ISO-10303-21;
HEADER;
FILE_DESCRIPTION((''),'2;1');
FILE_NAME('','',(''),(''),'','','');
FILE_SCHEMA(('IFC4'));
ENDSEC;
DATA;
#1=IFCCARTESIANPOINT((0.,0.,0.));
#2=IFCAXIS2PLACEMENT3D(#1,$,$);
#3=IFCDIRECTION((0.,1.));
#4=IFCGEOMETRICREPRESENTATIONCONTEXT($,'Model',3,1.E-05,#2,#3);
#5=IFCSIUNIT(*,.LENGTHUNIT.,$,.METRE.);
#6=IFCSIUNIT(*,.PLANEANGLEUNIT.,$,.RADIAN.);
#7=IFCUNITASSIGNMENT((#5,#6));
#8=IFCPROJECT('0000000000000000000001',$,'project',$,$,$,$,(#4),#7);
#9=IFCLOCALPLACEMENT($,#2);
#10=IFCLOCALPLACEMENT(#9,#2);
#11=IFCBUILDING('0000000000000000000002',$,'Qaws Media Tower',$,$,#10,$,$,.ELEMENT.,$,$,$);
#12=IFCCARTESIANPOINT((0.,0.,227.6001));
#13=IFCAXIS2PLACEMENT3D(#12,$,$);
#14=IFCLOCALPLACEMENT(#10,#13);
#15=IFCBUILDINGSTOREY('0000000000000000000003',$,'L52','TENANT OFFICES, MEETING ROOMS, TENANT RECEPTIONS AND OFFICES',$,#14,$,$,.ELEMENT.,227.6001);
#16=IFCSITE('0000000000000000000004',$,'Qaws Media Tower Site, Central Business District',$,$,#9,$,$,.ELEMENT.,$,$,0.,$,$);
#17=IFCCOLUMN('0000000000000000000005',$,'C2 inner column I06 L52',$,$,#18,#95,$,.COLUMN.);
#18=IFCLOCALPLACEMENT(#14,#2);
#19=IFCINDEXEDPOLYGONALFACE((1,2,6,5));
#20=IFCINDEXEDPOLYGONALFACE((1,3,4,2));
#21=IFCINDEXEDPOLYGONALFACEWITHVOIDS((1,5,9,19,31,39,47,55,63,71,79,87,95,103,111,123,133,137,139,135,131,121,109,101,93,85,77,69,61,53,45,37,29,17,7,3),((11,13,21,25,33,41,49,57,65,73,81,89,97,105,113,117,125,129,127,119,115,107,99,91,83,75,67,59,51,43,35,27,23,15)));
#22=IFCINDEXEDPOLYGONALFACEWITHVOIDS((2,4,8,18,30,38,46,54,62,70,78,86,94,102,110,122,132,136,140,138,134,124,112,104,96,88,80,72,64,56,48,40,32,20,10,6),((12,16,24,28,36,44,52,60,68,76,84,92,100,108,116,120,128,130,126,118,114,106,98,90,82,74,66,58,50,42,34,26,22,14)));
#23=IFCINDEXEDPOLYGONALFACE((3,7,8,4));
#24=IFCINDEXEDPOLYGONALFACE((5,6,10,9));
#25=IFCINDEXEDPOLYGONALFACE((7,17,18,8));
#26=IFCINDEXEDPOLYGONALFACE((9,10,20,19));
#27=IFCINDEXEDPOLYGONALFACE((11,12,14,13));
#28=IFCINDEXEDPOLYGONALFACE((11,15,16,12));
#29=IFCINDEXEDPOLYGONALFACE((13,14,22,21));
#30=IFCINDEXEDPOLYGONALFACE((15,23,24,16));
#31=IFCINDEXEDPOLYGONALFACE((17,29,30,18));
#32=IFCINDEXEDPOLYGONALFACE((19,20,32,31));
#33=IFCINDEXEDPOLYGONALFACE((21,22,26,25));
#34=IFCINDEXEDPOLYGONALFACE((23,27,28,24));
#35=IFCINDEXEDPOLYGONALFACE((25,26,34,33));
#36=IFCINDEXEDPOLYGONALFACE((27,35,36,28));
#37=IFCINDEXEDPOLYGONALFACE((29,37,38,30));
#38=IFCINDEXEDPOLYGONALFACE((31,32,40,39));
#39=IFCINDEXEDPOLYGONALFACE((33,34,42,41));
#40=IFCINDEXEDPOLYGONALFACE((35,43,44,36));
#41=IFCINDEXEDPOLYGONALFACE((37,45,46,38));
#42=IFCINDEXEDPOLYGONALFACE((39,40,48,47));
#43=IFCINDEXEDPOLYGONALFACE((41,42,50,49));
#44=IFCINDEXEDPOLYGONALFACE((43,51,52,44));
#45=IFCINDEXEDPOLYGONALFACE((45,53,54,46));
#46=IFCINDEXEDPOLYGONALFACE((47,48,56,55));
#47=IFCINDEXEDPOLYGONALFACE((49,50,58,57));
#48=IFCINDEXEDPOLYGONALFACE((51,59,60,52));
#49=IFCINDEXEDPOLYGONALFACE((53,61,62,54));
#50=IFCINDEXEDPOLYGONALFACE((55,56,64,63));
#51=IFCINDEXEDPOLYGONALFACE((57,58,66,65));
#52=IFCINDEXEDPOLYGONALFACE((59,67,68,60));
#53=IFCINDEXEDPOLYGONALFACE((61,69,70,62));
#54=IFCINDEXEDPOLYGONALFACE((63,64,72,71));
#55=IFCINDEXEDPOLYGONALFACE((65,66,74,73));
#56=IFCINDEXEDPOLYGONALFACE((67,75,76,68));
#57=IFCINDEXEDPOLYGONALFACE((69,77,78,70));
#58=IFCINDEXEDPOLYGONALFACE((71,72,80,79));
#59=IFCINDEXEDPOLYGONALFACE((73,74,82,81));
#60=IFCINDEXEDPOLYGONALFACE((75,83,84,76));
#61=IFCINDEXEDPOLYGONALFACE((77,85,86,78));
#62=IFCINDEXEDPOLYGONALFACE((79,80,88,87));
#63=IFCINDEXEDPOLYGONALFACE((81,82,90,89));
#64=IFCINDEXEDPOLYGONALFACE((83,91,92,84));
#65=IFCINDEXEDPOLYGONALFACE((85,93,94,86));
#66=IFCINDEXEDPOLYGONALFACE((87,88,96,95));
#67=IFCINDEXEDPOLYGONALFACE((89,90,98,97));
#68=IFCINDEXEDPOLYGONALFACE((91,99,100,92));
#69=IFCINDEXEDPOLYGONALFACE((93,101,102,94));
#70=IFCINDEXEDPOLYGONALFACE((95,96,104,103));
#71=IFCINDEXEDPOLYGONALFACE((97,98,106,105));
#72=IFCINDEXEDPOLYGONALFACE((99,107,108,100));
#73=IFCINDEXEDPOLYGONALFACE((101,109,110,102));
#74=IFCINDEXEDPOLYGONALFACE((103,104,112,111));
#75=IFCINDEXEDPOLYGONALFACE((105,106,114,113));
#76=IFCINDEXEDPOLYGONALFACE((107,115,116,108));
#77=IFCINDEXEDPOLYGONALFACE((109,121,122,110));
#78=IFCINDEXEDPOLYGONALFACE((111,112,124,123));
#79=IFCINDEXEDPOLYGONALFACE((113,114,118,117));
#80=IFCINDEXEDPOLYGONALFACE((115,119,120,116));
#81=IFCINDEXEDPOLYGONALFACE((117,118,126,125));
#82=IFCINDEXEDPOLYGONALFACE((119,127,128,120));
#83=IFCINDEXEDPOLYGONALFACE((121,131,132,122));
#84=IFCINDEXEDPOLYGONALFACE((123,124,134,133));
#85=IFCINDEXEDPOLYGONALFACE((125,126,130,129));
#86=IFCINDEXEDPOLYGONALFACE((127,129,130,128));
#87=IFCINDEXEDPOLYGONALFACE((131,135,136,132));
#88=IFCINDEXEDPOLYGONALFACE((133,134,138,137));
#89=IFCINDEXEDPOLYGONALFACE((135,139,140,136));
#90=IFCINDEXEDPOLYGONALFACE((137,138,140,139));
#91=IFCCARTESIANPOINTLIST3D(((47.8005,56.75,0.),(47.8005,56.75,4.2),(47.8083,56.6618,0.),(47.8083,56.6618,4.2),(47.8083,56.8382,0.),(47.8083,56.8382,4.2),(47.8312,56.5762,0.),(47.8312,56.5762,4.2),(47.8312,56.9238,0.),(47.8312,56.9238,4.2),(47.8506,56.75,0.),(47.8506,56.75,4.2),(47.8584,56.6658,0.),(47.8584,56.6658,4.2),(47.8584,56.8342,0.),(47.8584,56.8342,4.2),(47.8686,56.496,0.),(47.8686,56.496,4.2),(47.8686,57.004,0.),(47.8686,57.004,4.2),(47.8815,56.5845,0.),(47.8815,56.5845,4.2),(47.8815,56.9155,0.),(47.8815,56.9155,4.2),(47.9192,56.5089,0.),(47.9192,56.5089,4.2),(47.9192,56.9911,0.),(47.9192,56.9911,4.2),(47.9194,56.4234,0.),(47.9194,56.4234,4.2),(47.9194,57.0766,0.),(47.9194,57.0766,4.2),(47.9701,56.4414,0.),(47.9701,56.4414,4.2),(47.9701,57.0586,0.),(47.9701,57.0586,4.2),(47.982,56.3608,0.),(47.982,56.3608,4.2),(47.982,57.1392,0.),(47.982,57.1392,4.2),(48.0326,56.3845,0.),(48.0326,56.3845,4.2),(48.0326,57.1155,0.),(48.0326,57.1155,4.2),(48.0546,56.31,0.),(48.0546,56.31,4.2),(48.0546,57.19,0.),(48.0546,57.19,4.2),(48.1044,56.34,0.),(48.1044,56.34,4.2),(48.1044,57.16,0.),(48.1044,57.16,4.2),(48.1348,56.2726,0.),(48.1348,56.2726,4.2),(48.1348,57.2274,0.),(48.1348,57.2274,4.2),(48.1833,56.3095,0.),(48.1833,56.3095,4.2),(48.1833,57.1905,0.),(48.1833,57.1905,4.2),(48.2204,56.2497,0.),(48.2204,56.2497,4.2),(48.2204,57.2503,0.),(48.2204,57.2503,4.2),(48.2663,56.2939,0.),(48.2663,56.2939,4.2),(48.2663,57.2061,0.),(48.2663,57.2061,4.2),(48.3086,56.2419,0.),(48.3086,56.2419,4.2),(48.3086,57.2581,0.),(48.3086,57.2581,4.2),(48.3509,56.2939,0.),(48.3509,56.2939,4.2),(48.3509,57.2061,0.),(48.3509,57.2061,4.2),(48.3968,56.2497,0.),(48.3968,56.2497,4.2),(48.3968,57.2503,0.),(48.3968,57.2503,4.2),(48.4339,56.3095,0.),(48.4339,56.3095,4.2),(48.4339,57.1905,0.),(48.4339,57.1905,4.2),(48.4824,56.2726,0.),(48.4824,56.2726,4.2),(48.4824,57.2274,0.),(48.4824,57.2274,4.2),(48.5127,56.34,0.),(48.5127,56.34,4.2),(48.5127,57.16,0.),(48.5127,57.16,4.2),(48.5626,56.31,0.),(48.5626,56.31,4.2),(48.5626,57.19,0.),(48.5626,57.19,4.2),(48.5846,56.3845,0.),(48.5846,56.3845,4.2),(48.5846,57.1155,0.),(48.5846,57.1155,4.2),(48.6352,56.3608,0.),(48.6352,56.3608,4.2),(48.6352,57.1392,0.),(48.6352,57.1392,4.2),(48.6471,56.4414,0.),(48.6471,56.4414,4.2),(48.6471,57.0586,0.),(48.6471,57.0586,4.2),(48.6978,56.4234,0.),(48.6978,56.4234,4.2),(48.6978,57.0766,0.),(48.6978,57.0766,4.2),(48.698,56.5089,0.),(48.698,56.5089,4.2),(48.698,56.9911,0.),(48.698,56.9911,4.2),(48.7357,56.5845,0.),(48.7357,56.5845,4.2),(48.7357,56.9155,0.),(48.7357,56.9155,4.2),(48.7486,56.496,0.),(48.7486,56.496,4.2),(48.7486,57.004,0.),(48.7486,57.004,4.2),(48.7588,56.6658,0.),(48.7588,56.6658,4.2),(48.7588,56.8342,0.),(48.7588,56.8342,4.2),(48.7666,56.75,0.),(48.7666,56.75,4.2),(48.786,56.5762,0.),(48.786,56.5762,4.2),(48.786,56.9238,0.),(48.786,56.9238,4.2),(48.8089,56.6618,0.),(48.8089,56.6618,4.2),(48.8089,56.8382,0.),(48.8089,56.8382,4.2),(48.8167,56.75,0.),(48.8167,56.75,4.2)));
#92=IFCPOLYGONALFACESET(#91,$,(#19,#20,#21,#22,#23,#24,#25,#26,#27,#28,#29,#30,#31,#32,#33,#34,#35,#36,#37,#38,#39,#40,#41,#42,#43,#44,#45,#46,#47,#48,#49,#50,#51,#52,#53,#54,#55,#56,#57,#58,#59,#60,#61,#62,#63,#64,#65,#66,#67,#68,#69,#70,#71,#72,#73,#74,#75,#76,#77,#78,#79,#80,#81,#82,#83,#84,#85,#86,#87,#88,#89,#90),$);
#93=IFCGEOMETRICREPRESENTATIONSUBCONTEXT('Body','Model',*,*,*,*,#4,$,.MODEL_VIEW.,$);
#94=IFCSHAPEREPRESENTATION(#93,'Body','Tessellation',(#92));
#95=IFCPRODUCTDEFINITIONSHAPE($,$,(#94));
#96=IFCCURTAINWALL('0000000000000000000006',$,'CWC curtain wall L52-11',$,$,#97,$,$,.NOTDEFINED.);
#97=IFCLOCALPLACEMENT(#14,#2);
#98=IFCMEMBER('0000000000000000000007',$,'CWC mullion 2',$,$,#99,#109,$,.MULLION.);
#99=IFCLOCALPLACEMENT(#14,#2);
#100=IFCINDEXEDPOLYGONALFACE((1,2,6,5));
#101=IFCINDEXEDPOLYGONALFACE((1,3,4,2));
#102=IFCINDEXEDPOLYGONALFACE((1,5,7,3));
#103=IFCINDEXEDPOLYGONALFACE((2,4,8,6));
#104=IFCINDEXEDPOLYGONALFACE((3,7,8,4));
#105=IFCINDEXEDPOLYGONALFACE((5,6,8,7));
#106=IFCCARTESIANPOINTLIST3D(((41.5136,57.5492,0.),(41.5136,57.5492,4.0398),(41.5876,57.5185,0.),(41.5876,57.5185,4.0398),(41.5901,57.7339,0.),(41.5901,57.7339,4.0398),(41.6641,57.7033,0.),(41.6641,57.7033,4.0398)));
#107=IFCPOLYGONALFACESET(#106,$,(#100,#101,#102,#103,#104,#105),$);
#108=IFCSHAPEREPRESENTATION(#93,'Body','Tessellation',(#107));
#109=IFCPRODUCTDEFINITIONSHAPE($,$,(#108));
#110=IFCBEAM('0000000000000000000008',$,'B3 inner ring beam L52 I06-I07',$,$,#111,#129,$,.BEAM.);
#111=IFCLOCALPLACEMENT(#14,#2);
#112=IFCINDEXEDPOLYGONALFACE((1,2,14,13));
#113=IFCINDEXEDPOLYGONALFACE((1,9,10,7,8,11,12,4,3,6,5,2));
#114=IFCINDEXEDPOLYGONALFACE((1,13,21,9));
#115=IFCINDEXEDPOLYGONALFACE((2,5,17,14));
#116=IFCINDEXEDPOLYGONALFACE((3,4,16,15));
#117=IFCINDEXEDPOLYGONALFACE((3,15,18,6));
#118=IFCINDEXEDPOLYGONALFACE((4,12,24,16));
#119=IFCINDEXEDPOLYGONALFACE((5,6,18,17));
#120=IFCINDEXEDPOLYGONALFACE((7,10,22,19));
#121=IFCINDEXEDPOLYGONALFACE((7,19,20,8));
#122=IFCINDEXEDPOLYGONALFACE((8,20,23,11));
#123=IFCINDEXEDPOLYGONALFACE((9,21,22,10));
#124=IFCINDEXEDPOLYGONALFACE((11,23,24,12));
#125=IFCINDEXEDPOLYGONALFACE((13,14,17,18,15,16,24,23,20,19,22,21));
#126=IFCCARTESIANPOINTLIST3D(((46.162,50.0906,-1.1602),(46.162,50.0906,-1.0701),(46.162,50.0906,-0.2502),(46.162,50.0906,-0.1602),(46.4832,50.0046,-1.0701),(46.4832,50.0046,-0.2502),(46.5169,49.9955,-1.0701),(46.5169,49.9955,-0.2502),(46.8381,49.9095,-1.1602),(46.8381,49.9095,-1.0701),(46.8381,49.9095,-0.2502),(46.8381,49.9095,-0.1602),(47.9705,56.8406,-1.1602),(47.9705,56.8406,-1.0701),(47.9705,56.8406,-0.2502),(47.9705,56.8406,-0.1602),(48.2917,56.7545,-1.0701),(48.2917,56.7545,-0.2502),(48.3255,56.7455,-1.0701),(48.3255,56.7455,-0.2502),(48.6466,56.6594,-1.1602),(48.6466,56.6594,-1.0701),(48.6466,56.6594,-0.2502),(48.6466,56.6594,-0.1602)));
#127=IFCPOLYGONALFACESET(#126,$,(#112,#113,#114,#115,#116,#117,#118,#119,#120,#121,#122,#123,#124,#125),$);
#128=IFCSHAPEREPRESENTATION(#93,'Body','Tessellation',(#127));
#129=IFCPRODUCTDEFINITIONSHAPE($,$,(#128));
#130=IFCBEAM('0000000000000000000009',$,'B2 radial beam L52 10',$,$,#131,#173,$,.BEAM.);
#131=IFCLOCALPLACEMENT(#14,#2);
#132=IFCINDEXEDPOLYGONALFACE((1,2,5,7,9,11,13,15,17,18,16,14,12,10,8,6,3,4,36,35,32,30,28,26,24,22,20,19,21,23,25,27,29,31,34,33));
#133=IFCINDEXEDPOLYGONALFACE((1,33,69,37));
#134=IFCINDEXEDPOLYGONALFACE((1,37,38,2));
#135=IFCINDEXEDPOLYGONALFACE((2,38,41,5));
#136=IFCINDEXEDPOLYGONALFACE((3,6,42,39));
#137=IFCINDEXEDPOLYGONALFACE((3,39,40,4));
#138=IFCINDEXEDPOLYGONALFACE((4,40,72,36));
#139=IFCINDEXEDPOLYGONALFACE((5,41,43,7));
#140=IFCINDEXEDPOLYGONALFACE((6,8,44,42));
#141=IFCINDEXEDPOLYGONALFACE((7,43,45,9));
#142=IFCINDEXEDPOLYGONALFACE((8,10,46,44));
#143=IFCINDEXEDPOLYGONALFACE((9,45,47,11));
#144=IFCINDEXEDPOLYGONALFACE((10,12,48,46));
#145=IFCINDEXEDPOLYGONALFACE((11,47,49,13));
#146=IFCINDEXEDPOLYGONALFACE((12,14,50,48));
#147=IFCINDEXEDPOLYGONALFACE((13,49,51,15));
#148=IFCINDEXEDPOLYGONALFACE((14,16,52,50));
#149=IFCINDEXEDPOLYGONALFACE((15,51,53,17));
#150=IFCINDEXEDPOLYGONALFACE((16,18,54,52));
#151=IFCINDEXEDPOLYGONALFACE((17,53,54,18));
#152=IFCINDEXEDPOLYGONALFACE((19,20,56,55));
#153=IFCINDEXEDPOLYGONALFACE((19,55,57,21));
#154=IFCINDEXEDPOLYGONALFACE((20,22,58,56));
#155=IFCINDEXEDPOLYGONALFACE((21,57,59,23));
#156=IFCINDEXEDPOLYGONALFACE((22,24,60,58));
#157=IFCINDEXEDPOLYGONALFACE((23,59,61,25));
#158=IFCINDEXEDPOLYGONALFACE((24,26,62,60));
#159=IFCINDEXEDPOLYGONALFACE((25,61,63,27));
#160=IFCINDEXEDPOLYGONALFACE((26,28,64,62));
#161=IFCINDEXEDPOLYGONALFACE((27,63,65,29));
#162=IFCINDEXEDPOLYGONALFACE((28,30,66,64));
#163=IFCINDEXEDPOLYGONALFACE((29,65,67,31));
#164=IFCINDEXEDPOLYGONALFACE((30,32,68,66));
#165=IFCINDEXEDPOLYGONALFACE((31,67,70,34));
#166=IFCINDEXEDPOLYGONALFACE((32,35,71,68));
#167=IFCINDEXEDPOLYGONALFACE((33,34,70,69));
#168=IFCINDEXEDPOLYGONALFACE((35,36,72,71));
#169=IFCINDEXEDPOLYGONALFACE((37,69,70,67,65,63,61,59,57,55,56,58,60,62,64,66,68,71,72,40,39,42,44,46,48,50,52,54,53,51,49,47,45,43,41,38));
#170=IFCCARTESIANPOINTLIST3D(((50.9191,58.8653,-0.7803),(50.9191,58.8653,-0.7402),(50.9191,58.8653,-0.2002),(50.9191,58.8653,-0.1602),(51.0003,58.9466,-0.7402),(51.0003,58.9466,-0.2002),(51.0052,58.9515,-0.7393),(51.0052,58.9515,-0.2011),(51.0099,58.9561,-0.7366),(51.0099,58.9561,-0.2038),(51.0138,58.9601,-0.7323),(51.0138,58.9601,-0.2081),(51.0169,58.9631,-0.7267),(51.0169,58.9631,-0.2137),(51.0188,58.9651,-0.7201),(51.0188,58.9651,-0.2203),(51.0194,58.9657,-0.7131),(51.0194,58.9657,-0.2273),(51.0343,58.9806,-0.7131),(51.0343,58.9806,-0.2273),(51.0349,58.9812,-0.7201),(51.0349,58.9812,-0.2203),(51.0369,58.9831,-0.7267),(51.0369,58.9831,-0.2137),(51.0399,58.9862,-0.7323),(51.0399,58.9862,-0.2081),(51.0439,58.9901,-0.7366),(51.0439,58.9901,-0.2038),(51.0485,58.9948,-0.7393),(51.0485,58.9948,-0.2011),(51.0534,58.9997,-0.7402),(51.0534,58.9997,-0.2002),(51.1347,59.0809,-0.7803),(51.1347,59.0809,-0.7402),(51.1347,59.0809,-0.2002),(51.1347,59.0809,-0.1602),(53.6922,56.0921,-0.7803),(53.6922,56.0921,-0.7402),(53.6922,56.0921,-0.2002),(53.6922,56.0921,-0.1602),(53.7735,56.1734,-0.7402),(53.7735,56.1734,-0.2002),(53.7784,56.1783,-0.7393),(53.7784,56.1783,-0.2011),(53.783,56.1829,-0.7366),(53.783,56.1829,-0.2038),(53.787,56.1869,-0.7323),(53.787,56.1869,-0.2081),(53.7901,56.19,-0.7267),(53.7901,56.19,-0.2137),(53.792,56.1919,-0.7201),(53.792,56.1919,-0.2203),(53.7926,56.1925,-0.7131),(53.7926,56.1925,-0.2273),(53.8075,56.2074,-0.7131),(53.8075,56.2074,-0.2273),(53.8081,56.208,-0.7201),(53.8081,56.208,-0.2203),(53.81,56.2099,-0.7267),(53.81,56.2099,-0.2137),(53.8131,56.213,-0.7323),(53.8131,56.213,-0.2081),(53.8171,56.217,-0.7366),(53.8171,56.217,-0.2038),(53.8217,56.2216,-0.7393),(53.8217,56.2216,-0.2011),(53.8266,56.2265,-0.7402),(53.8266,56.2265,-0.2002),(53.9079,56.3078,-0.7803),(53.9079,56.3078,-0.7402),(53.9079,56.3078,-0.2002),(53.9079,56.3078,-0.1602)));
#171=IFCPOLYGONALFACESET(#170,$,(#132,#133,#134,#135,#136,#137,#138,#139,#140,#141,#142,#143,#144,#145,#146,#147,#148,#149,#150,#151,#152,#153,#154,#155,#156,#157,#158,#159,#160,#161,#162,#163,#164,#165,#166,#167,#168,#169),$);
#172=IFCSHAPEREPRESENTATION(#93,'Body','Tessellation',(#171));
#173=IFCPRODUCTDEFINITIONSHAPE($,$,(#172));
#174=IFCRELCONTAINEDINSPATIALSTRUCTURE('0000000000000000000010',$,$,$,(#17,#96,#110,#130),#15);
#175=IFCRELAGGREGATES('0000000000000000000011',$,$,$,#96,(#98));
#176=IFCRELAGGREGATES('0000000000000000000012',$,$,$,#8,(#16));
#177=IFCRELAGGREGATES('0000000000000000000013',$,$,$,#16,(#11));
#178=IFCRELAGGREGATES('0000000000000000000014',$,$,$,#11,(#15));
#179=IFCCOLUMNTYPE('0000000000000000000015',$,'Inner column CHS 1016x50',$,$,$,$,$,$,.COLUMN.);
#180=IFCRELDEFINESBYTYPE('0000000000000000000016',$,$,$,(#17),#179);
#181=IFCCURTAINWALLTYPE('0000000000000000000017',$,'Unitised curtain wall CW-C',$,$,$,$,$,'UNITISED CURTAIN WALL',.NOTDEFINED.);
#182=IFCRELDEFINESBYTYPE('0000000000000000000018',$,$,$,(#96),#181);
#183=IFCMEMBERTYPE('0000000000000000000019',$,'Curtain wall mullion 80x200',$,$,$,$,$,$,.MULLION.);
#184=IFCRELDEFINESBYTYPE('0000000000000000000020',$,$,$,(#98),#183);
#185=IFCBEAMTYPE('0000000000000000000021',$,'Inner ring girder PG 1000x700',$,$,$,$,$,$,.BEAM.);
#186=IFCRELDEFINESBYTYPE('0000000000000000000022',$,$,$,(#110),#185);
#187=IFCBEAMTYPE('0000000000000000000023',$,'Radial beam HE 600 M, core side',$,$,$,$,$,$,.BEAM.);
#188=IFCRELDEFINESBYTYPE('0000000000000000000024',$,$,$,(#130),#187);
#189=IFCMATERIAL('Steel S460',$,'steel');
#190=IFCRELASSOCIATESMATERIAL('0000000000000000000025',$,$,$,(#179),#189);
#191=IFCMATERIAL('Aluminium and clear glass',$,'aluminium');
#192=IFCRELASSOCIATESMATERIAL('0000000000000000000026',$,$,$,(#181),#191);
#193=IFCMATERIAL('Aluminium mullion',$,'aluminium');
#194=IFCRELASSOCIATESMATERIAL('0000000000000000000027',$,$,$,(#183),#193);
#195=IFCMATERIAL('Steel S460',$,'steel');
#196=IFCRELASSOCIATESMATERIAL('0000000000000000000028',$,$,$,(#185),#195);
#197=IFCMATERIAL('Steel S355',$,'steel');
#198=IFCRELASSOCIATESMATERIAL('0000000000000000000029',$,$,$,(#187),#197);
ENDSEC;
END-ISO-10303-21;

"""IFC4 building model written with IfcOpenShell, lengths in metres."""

from ifc_helpers import new_model, si_unit, direction, frame, origin, origin_2d, place, context, subcontext, project, spatial, rectangle, hollow_circle, i_section, extrude, material, material_profile, profile_set, type_object, element, aggregate, save


model = new_model("IFC4")

# Units and contexts
model_context = context("Model", 3, precision=1e-05, world=origin(), true_north=direction((0.0, 1.0)))
body_context = subcontext(model_context, "Body", "Model", "MODEL_VIEW")
ifc_project = project(units=[si_unit("LENGTHUNIT", "METRE"), si_unit("PLANEANGLEUNIT", "RADIAN")], contexts=[model_context])

# Site, building, storey
site_placement = place(None, origin())
site = spatial("IfcSite", under=ifc_project, at=site_placement, Name="Qaws Media Tower Site, Central Business District", CompositionType="ELEMENT", RefElevation=0.0)
building_placement = place(site_placement, origin())
building = spatial("IfcBuilding", under=site, at=building_placement, Name="Qaws Media Tower", CompositionType="ELEMENT")
storey_placement = place(building_placement, frame((0.0, 0.0, 227.6001)))
storey = spatial("IfcBuildingStorey", under=building, at=storey_placement, Name="L52", Description="TENANT OFFICES, MEETING ROOMS, TENANT RECEPTIONS AND OFFICES", CompositionType="ELEMENT", Elevation=227.6001)

# Column
ifc_material_1 = material(Name="Steel S460", Category="steel")
ifc_material_profile_1 = material_profile(ifc_material_1, hollow_circle(Radius=0.5081, WallThickness=0.05, at=origin_2d()), Name="CHS 1016x50")
ifc_profile_set_1 = profile_set([ifc_material_profile_1], Name="Steel S460")
column_type = type_object("IfcColumnType", Name="Inner column CHS 1016x50", PredefinedType="COLUMN", material=ifc_profile_set_1)
column_placement = place(storey_placement, frame((48.3086, 56.75, 0.0), z_axis=(0.0, 0.0, 1.0), x_axis=(1.0, 0.0, 0.0)))
element("IfcColumn", 1, at=column_placement, inside=storey, type_object=column_type, Name="C2 inner column I06 L52", PredefinedType="COLUMN", context=body_context, shape_type="SweptSolid", body=[
    extrude(hollow_circle(Radius=0.5081, WallThickness=0.05, at=origin_2d()), origin(), (0.0, 0.0, 1.0), 4.2),
])

# Curtain wall, member
ifc_material_2 = material(Name="Aluminium and clear glass", Category="aluminium")
curtain_wall_type = type_object("IfcCurtainWallType", Name="Unitised curtain wall CW-C", ElementType="UNITISED CURTAIN WALL", PredefinedType="NOTDEFINED", material=ifc_material_2)
curtain_wall_placement = place(storey_placement, origin())
curtain_wall = element("IfcCurtainWall", 2, at=curtain_wall_placement, inside=storey, type_object=curtain_wall_type, Name="CWC curtain wall L52-11", PredefinedType="NOTDEFINED")
ifc_material_3 = material(Name="Aluminium mullion", Category="aluminium")
ifc_material_profile_2 = material_profile(ifc_material_3, rectangle(XDim=0.0801, YDim=0.2, at=origin_2d()), Name="80x200")
ifc_profile_set_2 = profile_set([ifc_material_profile_2], Name="Aluminium mullion")
member_type = type_object("IfcMemberType", Name="Curtain wall mullion 80x200", PredefinedType="MULLION", material=ifc_profile_set_2)
member_placement = place(storey_placement, frame((41.5889, 57.6262, 0.0), z_axis=(0.0, 0.0, 1.0), x_axis=(0.92388, -0.382683, 0.0)))
member = element("IfcMember", 3, at=member_placement, type_object=member_type, Name="CWC mullion 2", PredefinedType="MULLION", context=body_context, shape_type="SweptSolid", body=[
    extrude(rectangle(XDim=0.0801, YDim=0.2, at=origin_2d()), origin(), (0.0, 0.0, 1.0), 4.0398),
])
aggregate(curtain_wall, [member])

# Beams
ifc_material_4 = material(Name="Steel S460", Category="steel")
ifc_material_profile_3 = material_profile(ifc_material_4, i_section(OverallWidth=0.7, OverallDepth=1.0, WebThickness=0.0349, FlangeThickness=0.0901, at=origin_2d()), Name="PG 1000x700")
ifc_profile_set_3 = profile_set([ifc_material_profile_3], Name="Steel S460")
beam_type_1 = type_object("IfcBeamType", Name="Inner ring girder PG 1000x700", PredefinedType="BEAM", material=ifc_profile_set_3)
beam_1_placement = place(storey_placement, frame((48.3086, 56.75, -0.6602), z_axis=(-0.258811, -0.965928, 0.0), x_axis=(0.965928, -0.258811, 0.0)))
element("IfcBeam", 4, at=beam_1_placement, inside=storey, type_object=beam_type_1, Name="B3 inner ring beam L52 I06-I07", PredefinedType="BEAM", context=body_context, shape_type="SweptSolid", body=[
    extrude(i_section(OverallWidth=0.7, OverallDepth=1.0, WebThickness=0.0349, FlangeThickness=0.0901, at=origin_2d()), origin(), (0.0, 0.0, 1.0), 6.988),
])
ifc_material_5 = material(Name="Steel S355", Category="steel")
ifc_material_profile_4 = material_profile(ifc_material_5, i_section(OverallWidth=0.3049, OverallDepth=0.6201, WebThickness=0.021, FlangeThickness=0.04, FilletRadius=0.0271, at=origin_2d()), Name="HE 600 M")
ifc_profile_set_4 = profile_set([ifc_material_profile_4], Name="Steel S355")
beam_type_2 = type_object("IfcBeamType", Name="Radial beam HE 600 M, core side", PredefinedType="BEAM", material=ifc_profile_set_4)
beam_2_placement = place(storey_placement, frame((53.8, 56.2, -0.4702), z_axis=(-0.707107, 0.707107, 0.0), x_axis=(-0.707107, -0.707107, 0.0)))
element("IfcBeam", 5, at=beam_2_placement, inside=storey, type_object=beam_type_2, Name="B2 radial beam L52 10", PredefinedType="BEAM", context=body_context, shape_type="SweptSolid", body=[
    extrude(i_section(OverallWidth=0.3049, OverallDepth=0.6201, WebThickness=0.021, FlangeThickness=0.04, FilletRadius=0.0271, at=origin_2d()), origin(), (0.0, 0.0, 1.0), 3.9219),
])

save(model, "model.ifc")
